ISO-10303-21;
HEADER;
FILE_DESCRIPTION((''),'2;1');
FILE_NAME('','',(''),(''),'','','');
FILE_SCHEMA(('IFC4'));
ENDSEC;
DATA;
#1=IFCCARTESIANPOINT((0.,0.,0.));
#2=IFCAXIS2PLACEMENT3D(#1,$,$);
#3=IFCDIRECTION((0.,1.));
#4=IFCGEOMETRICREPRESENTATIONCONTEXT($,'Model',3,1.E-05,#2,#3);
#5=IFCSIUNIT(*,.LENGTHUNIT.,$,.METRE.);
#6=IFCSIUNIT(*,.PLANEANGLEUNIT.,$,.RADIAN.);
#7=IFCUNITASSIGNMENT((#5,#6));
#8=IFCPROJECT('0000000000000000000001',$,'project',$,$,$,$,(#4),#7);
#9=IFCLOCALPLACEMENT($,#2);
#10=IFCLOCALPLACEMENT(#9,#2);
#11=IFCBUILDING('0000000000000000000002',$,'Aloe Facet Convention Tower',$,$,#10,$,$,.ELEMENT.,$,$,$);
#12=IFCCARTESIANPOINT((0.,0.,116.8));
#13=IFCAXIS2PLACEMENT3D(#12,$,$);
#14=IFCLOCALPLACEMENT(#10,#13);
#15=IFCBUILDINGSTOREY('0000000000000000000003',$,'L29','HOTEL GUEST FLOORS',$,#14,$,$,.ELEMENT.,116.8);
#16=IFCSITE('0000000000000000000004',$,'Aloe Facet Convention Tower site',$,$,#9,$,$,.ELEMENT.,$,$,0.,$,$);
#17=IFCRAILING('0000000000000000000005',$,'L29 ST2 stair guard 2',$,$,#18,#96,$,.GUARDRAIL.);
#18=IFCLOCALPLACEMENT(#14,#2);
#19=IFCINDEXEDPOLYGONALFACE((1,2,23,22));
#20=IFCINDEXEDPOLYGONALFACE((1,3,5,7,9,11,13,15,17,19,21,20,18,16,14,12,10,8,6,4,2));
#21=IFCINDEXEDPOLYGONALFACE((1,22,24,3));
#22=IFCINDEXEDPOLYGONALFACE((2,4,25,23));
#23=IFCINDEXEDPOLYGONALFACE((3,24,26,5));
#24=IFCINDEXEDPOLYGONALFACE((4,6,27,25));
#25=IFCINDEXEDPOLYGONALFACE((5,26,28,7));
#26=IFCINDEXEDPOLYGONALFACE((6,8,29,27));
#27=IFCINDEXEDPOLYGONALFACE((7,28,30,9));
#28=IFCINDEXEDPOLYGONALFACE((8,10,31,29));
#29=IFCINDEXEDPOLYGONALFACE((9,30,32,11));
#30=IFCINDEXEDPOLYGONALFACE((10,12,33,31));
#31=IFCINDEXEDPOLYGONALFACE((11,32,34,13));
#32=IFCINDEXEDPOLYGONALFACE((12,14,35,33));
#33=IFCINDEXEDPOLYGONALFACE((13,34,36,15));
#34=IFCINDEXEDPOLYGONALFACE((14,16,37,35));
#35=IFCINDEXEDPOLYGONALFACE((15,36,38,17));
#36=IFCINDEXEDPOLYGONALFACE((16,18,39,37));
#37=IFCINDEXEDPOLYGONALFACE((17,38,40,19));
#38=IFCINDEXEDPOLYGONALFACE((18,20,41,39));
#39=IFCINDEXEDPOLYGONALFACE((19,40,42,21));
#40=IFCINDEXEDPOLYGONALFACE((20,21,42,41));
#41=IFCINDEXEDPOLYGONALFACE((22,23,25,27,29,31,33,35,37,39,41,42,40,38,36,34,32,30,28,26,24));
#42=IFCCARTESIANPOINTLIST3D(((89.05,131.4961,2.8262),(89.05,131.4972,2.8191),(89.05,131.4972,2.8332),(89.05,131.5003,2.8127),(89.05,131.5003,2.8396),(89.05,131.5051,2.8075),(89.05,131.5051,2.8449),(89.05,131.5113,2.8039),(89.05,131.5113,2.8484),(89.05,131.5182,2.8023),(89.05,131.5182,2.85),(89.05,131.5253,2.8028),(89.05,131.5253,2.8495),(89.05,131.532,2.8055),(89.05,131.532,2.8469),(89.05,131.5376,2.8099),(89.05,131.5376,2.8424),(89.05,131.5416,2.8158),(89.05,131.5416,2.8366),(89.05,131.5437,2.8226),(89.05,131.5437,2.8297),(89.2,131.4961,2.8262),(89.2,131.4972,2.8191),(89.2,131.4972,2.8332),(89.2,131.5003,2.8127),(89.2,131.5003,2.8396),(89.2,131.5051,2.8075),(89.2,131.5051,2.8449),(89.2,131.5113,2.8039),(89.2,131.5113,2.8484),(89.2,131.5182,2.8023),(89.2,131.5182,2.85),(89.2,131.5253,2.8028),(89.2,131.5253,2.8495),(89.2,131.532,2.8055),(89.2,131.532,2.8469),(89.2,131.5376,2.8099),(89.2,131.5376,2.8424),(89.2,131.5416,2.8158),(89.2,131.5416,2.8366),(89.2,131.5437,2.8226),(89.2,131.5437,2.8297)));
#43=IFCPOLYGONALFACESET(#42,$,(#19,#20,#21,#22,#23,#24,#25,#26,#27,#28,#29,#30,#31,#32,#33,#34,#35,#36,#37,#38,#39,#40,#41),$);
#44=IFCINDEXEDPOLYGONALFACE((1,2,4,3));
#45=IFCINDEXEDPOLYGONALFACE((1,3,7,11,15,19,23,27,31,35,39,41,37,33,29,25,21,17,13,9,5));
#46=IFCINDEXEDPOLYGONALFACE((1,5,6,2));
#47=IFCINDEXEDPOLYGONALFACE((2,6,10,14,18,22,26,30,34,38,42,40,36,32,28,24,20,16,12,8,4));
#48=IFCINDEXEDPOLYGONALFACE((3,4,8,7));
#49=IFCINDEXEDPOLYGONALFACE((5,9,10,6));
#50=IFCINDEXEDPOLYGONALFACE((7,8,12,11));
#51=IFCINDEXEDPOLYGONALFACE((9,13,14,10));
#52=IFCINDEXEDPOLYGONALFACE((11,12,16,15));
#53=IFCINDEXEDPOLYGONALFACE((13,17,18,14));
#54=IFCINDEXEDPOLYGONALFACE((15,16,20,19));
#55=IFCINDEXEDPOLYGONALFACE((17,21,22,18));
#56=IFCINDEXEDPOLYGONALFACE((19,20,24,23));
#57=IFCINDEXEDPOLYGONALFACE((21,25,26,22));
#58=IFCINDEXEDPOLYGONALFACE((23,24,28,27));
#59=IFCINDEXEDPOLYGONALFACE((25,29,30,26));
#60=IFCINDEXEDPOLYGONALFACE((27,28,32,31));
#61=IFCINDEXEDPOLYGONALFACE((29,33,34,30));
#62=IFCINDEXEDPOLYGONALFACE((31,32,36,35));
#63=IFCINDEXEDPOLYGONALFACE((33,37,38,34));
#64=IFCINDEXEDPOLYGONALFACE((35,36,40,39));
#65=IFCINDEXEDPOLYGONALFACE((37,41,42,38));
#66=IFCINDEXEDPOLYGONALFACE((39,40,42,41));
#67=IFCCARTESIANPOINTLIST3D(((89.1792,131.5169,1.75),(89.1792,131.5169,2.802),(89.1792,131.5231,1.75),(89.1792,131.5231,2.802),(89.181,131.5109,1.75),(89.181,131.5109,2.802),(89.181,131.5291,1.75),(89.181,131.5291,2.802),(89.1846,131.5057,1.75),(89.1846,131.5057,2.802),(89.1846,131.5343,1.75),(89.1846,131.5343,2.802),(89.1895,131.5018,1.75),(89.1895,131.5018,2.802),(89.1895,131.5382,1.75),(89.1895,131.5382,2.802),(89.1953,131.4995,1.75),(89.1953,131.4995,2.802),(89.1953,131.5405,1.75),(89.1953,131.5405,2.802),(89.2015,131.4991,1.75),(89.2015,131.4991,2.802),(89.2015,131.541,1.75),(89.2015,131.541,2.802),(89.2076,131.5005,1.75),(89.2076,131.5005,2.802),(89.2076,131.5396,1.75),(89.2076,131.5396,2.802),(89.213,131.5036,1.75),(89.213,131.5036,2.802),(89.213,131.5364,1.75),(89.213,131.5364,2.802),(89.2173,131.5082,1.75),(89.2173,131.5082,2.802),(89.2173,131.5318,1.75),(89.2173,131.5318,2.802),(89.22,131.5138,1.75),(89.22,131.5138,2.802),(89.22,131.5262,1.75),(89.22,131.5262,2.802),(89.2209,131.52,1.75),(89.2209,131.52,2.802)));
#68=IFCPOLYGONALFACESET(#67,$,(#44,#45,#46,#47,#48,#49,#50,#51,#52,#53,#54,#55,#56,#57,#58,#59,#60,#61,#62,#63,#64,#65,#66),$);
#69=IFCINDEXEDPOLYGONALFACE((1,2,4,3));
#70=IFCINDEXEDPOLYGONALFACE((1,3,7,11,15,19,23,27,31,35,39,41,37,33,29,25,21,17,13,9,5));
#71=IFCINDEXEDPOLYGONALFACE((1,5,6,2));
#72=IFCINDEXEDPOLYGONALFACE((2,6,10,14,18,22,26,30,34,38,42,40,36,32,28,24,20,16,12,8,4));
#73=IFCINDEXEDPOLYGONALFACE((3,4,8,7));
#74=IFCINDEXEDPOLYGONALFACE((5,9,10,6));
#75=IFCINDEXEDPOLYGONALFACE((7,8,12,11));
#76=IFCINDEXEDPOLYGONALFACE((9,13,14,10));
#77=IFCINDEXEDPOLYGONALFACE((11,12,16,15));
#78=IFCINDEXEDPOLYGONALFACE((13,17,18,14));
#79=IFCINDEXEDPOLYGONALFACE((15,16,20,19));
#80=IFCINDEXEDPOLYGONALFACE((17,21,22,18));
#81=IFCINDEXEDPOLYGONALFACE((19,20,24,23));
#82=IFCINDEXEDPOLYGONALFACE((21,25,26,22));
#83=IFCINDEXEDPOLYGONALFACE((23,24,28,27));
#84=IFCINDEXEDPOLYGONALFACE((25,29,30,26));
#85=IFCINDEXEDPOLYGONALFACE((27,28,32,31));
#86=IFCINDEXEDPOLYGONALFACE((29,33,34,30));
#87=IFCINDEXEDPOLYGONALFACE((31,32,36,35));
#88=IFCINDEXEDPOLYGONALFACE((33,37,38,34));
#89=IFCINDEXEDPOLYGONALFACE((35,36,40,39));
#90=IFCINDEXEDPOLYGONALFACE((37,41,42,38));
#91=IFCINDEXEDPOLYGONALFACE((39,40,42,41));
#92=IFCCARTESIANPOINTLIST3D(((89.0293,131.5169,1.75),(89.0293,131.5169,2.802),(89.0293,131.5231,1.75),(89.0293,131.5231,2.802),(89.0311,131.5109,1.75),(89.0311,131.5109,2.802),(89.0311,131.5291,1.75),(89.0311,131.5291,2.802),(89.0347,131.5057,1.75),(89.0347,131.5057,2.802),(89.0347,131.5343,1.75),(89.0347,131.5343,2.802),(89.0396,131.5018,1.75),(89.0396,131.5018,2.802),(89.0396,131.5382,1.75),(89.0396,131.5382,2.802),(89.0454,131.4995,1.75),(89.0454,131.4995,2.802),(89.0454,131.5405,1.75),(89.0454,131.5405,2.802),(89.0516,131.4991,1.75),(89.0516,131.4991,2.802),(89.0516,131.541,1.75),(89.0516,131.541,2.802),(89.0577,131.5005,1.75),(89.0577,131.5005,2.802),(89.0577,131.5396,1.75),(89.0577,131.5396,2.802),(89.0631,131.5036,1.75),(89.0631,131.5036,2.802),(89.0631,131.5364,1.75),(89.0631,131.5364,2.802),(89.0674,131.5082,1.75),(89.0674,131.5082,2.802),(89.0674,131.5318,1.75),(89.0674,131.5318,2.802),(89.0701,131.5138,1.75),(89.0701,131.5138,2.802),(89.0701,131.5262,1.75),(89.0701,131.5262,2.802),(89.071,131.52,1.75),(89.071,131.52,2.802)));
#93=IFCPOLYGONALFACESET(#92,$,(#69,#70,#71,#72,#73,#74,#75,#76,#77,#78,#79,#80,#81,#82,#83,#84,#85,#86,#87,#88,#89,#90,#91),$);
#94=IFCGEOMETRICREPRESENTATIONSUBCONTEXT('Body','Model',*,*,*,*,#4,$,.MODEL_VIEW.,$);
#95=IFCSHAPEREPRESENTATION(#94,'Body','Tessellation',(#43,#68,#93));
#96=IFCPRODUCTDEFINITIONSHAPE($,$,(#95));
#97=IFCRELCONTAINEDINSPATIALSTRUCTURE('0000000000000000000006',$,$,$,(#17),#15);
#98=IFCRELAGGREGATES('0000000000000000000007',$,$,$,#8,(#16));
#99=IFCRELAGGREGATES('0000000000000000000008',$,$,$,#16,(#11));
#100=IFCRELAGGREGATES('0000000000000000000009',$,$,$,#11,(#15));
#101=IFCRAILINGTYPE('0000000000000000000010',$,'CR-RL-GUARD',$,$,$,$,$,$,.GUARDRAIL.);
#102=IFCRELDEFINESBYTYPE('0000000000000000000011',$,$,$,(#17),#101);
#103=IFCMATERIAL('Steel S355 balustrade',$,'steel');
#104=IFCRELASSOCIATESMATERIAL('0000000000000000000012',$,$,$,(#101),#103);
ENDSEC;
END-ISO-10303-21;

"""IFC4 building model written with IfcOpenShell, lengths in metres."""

from ifc_helpers import new_model, si_unit, direction, frame, origin, origin_2d, place, context, subcontext, project, spatial, circle, extrude, material, type_object, element, save


model = new_model("IFC4")

# Units and contexts
model_context = context("Model", 3, precision=1e-05, world=origin(), true_north=direction((0.0, 1.0)))
body_context = subcontext(model_context, "Body", "Model", "MODEL_VIEW")
ifc_project = project(units=[si_unit("LENGTHUNIT", "METRE"), si_unit("PLANEANGLEUNIT", "RADIAN")], contexts=[model_context])

# Site, building, storey
site_placement = place(None, origin())
site = spatial("IfcSite", under=ifc_project, at=site_placement, Name="Aloe Facet Convention Tower site", CompositionType="ELEMENT", RefElevation=0.0)
building_placement = place(site_placement, origin())
building = spatial("IfcBuilding", under=site, at=building_placement, Name="Aloe Facet Convention Tower", CompositionType="ELEMENT")
storey_placement = place(building_placement, frame((0.0, 0.0, 116.8)))
storey = spatial("IfcBuildingStorey", under=building, at=storey_placement, Name="L29", Description="HOTEL GUEST FLOORS", CompositionType="ELEMENT", Elevation=116.8)

# Railing
ifc_material_1 = material(Name="Steel S355 balustrade", Category="steel")
railing_type_1 = type_object("IfcRailingType", Name="CR-RL-GUARD", PredefinedType="GUARDRAIL", material=ifc_material_1)
railing_1_placement = place(storey_placement, frame((89.2, 131.52, 1.75)))
element("IfcRailing", 1, at=railing_1_placement, inside=storey, type_object=railing_type_1, Name="L29 ST2 stair guard 2", PredefinedType="GUARDRAIL", context=body_context, shape_type="SweptSolid", body=[
    extrude(circle(Radius=0.0239, at=origin_2d()), frame((0.0, 0.0, 1.0762), z_axis=(-1.0, 0.0, 0.0), x_axis=(0.0, -1.0, 0.0)), (0.0, 0.0, 1.0), 0.1499),
    extrude(circle(Radius=0.021, at=origin_2d()), origin(), (0.0, 0.0, 1.0), 1.052),
    extrude(circle(Radius=0.021, at=origin_2d()), frame((-0.1499, 0.0, 0.0)), (0.0, 0.0, 1.0), 1.052),
])

save(model, "model.ifc")
